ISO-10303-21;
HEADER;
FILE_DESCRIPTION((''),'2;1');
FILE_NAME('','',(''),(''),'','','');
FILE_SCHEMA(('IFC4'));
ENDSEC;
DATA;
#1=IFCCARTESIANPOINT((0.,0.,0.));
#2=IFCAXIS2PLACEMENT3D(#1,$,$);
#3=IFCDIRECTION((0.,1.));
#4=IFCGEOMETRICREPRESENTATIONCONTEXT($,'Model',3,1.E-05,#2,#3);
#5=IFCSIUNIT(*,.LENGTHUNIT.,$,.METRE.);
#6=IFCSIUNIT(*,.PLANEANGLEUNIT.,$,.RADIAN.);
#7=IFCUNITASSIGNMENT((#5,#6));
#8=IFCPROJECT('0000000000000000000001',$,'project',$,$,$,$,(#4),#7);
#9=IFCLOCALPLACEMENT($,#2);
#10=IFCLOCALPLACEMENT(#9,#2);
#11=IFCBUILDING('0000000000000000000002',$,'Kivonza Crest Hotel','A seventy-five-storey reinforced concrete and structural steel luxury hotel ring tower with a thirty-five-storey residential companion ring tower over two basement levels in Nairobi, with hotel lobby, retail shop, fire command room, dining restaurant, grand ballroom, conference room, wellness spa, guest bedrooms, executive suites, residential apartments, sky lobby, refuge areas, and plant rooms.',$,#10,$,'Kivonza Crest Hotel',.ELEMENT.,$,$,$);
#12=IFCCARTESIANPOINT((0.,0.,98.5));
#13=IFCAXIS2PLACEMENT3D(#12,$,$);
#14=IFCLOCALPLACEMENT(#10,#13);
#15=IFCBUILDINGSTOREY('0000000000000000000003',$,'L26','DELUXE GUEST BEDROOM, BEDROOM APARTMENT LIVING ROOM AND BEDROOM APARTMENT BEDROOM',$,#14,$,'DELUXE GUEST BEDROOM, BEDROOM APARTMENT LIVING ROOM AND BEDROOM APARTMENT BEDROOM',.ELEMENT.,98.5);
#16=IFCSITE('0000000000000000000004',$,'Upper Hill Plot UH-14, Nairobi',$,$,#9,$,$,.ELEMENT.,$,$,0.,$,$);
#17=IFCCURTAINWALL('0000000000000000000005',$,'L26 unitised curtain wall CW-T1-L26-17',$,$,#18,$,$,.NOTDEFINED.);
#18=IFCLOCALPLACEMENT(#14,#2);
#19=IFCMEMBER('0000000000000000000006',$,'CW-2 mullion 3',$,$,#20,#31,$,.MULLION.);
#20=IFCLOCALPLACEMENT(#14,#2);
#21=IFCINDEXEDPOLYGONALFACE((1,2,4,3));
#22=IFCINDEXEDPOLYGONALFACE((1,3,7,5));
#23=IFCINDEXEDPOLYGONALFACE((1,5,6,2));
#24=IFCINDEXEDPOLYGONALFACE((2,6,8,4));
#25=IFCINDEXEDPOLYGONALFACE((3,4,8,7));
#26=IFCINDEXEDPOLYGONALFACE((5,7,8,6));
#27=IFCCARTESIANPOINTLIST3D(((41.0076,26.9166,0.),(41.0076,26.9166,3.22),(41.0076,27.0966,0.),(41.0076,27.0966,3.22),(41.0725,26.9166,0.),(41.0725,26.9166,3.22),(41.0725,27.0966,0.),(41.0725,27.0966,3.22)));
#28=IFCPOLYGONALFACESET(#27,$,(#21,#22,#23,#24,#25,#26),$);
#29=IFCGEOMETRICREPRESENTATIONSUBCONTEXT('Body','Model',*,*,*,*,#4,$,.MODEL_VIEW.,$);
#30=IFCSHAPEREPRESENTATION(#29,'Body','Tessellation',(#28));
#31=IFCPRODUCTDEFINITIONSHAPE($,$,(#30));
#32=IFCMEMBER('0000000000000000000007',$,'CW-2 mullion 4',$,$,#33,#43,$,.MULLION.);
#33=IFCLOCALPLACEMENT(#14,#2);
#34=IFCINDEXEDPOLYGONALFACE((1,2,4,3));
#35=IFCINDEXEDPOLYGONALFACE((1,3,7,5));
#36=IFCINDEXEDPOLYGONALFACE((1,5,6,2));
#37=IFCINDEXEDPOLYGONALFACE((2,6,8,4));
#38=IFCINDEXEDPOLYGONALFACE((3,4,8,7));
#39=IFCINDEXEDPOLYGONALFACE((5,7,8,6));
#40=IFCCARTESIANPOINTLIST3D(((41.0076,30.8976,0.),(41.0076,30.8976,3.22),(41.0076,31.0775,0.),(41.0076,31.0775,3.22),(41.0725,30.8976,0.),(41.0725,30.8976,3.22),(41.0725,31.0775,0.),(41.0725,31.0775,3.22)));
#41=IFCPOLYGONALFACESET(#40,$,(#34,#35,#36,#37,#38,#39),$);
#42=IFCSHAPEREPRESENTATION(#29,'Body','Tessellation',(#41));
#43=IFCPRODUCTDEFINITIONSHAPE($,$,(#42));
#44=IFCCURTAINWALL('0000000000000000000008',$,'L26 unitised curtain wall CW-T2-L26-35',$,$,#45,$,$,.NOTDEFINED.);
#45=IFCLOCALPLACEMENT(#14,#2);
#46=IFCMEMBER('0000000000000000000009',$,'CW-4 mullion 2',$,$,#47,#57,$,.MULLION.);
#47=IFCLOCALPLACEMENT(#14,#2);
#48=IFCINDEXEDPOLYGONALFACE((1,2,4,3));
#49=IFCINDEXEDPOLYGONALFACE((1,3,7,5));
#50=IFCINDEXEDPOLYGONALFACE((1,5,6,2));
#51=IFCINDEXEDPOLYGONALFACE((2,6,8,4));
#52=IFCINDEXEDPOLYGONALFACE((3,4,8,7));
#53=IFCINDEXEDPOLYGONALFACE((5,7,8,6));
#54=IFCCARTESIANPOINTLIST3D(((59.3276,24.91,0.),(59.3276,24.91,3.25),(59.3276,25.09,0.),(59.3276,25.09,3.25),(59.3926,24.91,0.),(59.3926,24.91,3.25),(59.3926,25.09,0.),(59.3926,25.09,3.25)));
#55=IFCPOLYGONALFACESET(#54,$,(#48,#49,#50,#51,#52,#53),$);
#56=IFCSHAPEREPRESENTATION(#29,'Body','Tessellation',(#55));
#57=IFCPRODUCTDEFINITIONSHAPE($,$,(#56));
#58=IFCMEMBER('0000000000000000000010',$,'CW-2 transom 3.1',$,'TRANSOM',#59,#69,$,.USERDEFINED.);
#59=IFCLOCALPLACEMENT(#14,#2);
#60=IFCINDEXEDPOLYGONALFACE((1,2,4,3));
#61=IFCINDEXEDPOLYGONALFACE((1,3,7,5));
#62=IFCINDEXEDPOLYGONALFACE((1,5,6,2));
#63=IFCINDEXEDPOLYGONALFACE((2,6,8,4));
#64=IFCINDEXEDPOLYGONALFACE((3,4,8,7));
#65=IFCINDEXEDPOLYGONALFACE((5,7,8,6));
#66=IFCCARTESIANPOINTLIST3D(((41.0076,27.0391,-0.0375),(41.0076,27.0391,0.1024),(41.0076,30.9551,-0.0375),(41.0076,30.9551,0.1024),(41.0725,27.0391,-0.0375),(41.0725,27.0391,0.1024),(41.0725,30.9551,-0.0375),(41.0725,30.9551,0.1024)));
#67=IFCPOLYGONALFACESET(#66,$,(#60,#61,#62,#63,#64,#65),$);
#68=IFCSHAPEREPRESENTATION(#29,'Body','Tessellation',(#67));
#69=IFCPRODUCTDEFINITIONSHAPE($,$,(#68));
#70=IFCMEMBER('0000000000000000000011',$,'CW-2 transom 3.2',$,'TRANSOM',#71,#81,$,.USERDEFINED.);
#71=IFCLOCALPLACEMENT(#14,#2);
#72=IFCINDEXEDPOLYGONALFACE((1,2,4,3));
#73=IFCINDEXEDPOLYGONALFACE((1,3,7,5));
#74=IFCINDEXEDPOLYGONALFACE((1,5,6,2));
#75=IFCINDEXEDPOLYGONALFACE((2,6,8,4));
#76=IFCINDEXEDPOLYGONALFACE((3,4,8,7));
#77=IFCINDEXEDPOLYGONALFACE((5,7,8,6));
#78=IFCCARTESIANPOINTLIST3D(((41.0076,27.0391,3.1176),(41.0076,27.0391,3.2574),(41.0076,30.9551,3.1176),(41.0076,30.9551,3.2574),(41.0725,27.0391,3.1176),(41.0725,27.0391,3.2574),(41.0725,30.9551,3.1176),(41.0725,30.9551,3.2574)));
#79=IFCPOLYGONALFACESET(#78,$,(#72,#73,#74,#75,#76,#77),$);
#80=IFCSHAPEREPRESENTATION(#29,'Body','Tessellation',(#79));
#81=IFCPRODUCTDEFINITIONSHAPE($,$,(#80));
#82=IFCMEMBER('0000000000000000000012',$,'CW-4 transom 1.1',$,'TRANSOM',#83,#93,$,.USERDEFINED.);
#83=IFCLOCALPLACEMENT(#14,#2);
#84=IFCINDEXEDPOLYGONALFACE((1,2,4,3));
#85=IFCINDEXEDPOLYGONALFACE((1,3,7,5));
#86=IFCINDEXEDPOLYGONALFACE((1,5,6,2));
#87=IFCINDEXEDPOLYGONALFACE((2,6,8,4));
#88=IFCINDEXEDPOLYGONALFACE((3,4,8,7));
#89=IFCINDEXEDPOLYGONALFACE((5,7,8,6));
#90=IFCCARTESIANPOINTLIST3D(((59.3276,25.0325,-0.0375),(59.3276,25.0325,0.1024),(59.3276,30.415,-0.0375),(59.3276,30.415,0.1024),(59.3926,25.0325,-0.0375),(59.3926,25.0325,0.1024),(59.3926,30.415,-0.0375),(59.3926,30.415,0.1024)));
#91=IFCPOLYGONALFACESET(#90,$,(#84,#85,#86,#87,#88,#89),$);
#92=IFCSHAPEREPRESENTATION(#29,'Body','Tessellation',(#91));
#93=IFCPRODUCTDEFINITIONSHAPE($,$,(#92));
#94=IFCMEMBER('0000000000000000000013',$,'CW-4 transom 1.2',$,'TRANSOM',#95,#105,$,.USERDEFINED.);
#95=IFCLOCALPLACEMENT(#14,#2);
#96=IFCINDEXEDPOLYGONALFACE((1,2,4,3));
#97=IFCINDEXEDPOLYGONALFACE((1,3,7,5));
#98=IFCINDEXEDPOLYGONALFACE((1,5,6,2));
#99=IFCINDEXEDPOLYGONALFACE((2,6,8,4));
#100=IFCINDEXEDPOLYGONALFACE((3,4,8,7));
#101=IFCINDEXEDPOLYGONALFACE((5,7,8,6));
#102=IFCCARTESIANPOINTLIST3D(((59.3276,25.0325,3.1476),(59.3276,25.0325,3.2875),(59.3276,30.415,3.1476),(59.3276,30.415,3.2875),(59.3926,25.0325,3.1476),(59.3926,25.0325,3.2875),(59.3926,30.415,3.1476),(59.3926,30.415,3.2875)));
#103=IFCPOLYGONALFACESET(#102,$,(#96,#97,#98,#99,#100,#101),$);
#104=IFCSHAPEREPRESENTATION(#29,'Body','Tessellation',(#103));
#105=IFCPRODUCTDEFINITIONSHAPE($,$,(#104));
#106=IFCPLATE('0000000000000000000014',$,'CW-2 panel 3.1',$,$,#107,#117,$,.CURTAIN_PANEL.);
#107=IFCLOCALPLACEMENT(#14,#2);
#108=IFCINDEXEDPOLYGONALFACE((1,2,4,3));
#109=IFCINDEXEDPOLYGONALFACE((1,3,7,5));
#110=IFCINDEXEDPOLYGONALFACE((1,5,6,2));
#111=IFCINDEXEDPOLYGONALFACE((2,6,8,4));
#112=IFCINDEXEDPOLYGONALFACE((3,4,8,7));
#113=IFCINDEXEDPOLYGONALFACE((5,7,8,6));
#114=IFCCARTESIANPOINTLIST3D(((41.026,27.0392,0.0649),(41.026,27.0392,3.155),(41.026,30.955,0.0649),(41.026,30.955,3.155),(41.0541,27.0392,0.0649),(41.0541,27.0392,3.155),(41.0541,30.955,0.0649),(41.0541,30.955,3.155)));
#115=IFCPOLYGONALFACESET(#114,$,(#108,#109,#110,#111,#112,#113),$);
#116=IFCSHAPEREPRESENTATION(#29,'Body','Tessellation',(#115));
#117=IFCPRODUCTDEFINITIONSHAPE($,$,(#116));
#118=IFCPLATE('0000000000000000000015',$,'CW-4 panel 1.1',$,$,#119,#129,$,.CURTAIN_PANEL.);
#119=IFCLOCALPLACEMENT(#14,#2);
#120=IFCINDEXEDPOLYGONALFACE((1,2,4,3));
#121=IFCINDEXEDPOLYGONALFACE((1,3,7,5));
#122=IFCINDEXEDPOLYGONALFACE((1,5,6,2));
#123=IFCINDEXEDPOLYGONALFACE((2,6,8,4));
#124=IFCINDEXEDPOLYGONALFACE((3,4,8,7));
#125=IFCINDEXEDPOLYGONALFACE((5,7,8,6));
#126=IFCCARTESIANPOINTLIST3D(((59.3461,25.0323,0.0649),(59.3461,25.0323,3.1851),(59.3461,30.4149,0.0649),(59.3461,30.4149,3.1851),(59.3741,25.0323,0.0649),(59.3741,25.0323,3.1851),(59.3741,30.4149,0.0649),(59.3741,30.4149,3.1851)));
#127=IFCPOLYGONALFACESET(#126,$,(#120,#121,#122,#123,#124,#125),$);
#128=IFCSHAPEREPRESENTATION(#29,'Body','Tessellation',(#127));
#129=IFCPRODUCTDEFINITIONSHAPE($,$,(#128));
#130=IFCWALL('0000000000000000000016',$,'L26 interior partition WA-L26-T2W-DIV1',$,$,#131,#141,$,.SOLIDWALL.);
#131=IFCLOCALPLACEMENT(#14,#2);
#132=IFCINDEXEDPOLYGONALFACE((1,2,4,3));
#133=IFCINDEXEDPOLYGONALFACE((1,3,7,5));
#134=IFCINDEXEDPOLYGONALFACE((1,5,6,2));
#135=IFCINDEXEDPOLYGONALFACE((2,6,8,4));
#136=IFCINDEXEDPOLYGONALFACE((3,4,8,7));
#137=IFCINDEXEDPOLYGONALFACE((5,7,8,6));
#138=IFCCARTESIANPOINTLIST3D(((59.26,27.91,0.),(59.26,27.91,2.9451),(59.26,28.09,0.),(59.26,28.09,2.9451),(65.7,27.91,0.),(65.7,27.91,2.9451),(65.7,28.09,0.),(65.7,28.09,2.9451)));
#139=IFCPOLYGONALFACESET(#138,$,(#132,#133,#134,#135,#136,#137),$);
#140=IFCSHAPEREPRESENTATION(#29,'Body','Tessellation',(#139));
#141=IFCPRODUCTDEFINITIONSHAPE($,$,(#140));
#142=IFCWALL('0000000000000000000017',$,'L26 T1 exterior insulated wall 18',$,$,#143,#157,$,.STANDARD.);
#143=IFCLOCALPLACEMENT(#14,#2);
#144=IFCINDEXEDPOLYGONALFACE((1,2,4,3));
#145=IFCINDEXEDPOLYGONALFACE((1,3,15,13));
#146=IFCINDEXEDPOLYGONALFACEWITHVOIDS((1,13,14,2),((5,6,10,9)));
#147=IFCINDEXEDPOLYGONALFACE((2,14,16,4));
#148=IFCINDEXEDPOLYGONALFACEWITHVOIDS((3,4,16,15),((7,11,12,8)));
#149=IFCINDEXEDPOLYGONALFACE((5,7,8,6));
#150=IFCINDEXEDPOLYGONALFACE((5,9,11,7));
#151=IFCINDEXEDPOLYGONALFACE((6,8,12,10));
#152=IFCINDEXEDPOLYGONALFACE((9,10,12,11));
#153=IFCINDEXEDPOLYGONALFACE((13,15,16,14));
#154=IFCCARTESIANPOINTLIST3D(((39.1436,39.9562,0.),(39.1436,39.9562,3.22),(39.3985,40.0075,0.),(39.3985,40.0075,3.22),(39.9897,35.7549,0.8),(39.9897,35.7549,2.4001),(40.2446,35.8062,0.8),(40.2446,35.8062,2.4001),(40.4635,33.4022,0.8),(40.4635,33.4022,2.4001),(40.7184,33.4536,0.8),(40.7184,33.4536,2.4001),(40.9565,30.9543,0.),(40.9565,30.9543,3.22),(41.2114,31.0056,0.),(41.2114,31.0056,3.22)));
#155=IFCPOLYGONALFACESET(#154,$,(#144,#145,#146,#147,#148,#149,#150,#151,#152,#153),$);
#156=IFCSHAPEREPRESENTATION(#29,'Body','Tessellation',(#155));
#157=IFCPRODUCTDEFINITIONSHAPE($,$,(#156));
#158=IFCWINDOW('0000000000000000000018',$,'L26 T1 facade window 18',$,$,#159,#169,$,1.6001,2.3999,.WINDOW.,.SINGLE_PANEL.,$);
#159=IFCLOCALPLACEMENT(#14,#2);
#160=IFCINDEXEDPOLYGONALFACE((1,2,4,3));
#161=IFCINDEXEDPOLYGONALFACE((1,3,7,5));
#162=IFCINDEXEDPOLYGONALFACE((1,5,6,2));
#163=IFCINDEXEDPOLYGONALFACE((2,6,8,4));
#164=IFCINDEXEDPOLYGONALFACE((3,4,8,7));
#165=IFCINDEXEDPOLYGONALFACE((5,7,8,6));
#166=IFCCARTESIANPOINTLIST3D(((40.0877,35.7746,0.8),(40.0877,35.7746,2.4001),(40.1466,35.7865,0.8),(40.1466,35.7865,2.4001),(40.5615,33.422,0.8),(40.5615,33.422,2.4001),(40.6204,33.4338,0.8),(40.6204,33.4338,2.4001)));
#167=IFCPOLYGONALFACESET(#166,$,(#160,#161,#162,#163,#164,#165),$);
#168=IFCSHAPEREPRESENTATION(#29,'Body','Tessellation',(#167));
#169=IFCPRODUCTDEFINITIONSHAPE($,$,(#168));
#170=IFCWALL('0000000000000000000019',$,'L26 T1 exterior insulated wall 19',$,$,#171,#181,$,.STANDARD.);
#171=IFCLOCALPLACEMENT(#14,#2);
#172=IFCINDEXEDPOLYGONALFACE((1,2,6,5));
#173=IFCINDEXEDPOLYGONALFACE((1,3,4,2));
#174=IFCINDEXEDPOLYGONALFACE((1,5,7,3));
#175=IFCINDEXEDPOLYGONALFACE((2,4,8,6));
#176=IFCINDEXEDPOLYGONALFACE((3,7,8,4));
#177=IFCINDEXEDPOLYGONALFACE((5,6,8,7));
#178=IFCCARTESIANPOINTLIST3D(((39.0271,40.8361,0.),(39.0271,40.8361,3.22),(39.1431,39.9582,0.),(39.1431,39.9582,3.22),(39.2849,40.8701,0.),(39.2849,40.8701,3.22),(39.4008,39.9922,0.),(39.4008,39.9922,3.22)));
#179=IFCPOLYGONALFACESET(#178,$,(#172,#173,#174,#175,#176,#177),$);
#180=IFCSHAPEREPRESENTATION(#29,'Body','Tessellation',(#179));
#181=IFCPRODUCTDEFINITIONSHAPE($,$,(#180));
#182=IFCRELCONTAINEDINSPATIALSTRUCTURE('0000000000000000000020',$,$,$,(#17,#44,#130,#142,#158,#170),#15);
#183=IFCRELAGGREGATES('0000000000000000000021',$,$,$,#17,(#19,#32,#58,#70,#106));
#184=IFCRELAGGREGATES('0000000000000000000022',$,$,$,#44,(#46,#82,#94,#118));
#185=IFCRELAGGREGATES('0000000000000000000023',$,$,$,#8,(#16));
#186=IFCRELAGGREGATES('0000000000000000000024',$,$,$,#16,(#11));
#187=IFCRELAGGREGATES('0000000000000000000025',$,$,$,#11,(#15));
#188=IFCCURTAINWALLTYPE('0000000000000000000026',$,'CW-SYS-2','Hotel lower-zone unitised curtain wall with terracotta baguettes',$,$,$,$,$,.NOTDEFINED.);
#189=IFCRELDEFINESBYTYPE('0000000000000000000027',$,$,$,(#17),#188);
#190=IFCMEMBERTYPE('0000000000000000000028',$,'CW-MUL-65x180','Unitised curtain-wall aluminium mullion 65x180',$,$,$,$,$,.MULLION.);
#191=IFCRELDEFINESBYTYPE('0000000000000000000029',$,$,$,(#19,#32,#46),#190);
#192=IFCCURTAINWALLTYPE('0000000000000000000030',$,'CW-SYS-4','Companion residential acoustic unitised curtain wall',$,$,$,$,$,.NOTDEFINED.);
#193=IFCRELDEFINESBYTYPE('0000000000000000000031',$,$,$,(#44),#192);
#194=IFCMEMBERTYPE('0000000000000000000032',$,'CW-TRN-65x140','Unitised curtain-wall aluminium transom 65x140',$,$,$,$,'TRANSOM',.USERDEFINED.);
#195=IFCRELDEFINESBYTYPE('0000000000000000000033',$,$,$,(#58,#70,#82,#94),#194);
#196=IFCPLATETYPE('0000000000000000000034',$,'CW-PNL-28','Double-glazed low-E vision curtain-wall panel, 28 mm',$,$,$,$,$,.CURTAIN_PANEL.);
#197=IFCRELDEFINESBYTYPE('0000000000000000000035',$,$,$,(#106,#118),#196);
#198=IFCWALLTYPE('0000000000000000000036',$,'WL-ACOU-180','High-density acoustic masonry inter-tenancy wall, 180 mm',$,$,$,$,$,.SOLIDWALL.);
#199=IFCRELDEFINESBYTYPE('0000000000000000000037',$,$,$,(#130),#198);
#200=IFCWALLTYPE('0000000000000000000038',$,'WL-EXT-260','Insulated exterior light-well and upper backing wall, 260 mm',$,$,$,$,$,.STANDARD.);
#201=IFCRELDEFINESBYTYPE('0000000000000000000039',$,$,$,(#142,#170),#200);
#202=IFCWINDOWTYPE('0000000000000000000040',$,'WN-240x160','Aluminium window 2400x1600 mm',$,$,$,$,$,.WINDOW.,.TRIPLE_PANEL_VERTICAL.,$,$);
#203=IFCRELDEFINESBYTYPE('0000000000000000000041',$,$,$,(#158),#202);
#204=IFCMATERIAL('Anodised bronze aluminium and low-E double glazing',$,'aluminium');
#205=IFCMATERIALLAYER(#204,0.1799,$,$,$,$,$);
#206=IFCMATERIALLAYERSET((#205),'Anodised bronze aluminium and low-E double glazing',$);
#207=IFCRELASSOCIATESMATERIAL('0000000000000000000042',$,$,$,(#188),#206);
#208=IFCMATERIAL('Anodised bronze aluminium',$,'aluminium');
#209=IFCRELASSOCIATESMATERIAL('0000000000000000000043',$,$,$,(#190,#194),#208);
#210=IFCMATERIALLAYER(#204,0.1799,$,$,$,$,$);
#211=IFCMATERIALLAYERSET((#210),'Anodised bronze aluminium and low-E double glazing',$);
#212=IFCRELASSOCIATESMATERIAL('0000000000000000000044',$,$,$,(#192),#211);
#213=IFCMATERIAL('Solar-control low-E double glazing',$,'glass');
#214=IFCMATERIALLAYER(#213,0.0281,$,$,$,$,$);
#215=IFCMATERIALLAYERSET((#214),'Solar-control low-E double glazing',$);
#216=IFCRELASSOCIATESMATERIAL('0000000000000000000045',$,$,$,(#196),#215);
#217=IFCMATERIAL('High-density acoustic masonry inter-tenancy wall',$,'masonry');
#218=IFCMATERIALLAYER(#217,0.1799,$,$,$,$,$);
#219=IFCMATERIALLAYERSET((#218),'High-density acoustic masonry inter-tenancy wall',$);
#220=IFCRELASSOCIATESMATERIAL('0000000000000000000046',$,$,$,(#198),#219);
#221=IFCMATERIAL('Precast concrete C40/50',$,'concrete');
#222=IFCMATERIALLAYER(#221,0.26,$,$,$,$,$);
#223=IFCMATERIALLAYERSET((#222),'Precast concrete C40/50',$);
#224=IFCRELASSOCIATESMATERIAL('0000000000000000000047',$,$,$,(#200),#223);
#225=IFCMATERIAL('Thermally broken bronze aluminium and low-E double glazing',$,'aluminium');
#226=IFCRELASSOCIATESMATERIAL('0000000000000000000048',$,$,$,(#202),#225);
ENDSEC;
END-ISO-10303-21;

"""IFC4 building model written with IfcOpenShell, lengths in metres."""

from ifc_helpers import new_model, si_unit, direction, frame, frame_2d, origin, origin_2d, place, context, subcontext, project, spatial, rectangle, extrude, material, layer, layer_set, material_profile, profile_set, type_object, element, fill, aggregate, save


model = new_model("IFC4")

# Units and contexts
model_context = context("Model", 3, precision=1e-05, world=origin(), true_north=direction((0.0, 1.0)))
body_context = subcontext(model_context, "Body", "Model", "MODEL_VIEW")
ifc_project = project(units=[si_unit("LENGTHUNIT", "METRE"), si_unit("PLANEANGLEUNIT", "RADIAN")], contexts=[model_context])

# Site, building, storey
site_placement = place(None, origin())
site = spatial("IfcSite", under=ifc_project, at=site_placement, Name="Upper Hill Plot UH-14, Nairobi", CompositionType="ELEMENT", RefElevation=0.0)
building_placement = place(site_placement, origin())
building = spatial("IfcBuilding", under=site, at=building_placement, Name="Kivonza Crest Hotel", Description="A seventy-five-storey reinforced concrete and structural steel luxury hotel ring tower with a thirty-five-storey residential companion ring tower over two basement levels in Nairobi, with hotel lobby, retail shop, fire command room, dining restaurant, grand ballroom, conference room, wellness spa, guest bedrooms, executive suites, residential apartments, sky lobby, refuge areas, and plant rooms.", LongName="Kivonza Crest Hotel", CompositionType="ELEMENT")
storey_placement = place(building_placement, frame((0.0, 0.0, 98.5)))
storey = spatial("IfcBuildingStorey", under=building, at=storey_placement, Name="L26", Description="DELUXE GUEST BEDROOM, BEDROOM APARTMENT LIVING ROOM AND BEDROOM APARTMENT BEDROOM", LongName="DELUXE GUEST BEDROOM, BEDROOM APARTMENT LIVING ROOM AND BEDROOM APARTMENT BEDROOM", CompositionType="ELEMENT", Elevation=98.5)

# Curtain wall, members
ifc_material_1 = material(Name="Anodised bronze aluminium and low-E double glazing", Category="aluminium")
ifc_layer_1 = layer(ifc_material_1, 0.1799)
ifc_layer_set_1 = layer_set([ifc_layer_1], Name="Anodised bronze aluminium and low-E double glazing")
curtain_wall_type_1 = type_object("IfcCurtainWallType", Name="CW-SYS-2", Description="Hotel lower-zone unitised curtain wall with terracotta baguettes", PredefinedType="NOTDEFINED", material=ifc_layer_set_1)
curtain_wall_1_placement = place(storey_placement, origin())
curtain_wall_1 = element("IfcCurtainWall", 1, at=curtain_wall_1_placement, inside=storey, type_object=curtain_wall_type_1, Name="L26 unitised curtain wall CW-T1-L26-17", PredefinedType="NOTDEFINED")
ifc_material_2 = material(Name="Anodised bronze aluminium", Category="aluminium")
ifc_material_profile_1 = material_profile(ifc_material_2, rectangle(XDim=0.0649, YDim=0.1799, at=origin_2d()), Name="CW-M 65x180")
ifc_profile_set_1 = profile_set([ifc_material_profile_1], Name="Anodised bronze aluminium")
member_type_1 = type_object("IfcMemberType", Name="CW-MUL-65x180", Description="Unitised curtain-wall aluminium mullion 65x180", PredefinedType="MULLION", material=ifc_profile_set_1)
member_1_placement = place(storey_placement, frame((41.04, 27.0066, 0.0), z_axis=(0.0, 0.0, 1.0), x_axis=(-1.0, 0.0, 0.0)))
member_1 = element("IfcMember", 2, at=member_1_placement, type_object=member_type_1, Name="CW-2 mullion 3", PredefinedType="MULLION", context=body_context, shape_type="SweptSolid", body=[
    extrude(rectangle(XDim=0.0649, YDim=0.1799, at=origin_2d()), origin(), (0.0, 0.0, 1.0), 3.22),
])
member_2_placement = place(storey_placement, frame((41.04, 30.9875, 0.0), z_axis=(0.0, 0.0, 1.0), x_axis=(-1.0, 0.0, 0.0)))
member_2 = element("IfcMember", 3, at=member_2_placement, type_object=member_type_1, Name="CW-2 mullion 4", PredefinedType="MULLION", context=body_context, shape_type="SweptSolid", body=[
    extrude(rectangle(XDim=0.0649, YDim=0.1799, at=origin_2d()), origin(), (0.0, 0.0, 1.0), 3.22),
])

# Curtain wall, member
ifc_layer_2 = layer(ifc_material_1, 0.1799)
ifc_layer_set_2 = layer_set([ifc_layer_2], Name="Anodised bronze aluminium and low-E double glazing")
curtain_wall_type_2 = type_object("IfcCurtainWallType", Name="CW-SYS-4", Description="Companion residential acoustic unitised curtain wall", PredefinedType="NOTDEFINED", material=ifc_layer_set_2)
curtain_wall_2_placement = place(storey_placement, origin())
curtain_wall_2 = element("IfcCurtainWall", 4, at=curtain_wall_2_placement, inside=storey, type_object=curtain_wall_type_2, Name="L26 unitised curtain wall CW-T2-L26-35", PredefinedType="NOTDEFINED")
member_3_placement = place(storey_placement, frame((59.3601, 25.0, 0.0), z_axis=(0.0, 0.0, 1.0), x_axis=(1.0, 0.0, 0.0)))
member_3 = element("IfcMember", 5, at=member_3_placement, type_object=member_type_1, Name="CW-4 mullion 2", PredefinedType="MULLION", context=body_context, shape_type="SweptSolid", body=[
    extrude(rectangle(XDim=0.0649, YDim=0.1799, at=origin_2d()), origin(), (0.0, 0.0, 1.0), 3.25),
])

# Members
ifc_material_profile_2 = material_profile(ifc_material_2, rectangle(XDim=0.0649, YDim=0.1399, at=origin_2d()), Name="CW-T 65x140")
ifc_profile_set_2 = profile_set([ifc_material_profile_2], Name="Anodised bronze aluminium")
member_type_2 = type_object("IfcMemberType", Name="CW-TRN-65x140", Description="Unitised curtain-wall aluminium transom 65x140", ElementType="TRANSOM", PredefinedType="USERDEFINED", material=ifc_profile_set_2)
member_4_placement = place(storey_placement, frame((41.04, 27.0391, 0.0325), z_axis=(0.0, 1.0, 0.0), x_axis=(-1.0, 0.0, 0.0)))
member_4 = element("IfcMember", 6, at=member_4_placement, type_object=member_type_2, Name="CW-2 transom 3.1", ObjectType="TRANSOM", PredefinedType="USERDEFINED", context=body_context, shape_type="SweptSolid", body=[
    extrude(rectangle(XDim=0.0649, YDim=0.1399, at=origin_2d()), origin(), (0.0, 0.0, 1.0), 3.916),
])
member_5_placement = place(storey_placement, frame((41.04, 27.0391, 3.1875), z_axis=(0.0, 1.0, 0.0), x_axis=(-1.0, 0.0, 0.0)))
member_5 = element("IfcMember", 7, at=member_5_placement, type_object=member_type_2, Name="CW-2 transom 3.2", ObjectType="TRANSOM", PredefinedType="USERDEFINED", context=body_context, shape_type="SweptSolid", body=[
    extrude(rectangle(XDim=0.0649, YDim=0.1399, at=origin_2d()), origin(), (0.0, 0.0, 1.0), 3.916),
])
member_6_placement = place(storey_placement, frame((59.3601, 30.415, 0.0325), z_axis=(0.0, -1.0, 0.0), x_axis=(1.0, 0.0, 0.0)))
member_6 = element("IfcMember", 8, at=member_6_placement, type_object=member_type_2, Name="CW-4 transom 1.1", ObjectType="TRANSOM", PredefinedType="USERDEFINED", context=body_context, shape_type="SweptSolid", body=[
    extrude(rectangle(XDim=0.0649, YDim=0.1399, at=origin_2d()), origin(), (0.0, 0.0, 1.0), 5.3826),
])
member_7_placement = place(storey_placement, frame((59.3601, 30.415, 3.2175), z_axis=(0.0, -1.0, 0.0), x_axis=(1.0, 0.0, 0.0)))
member_7 = element("IfcMember", 9, at=member_7_placement, type_object=member_type_2, Name="CW-4 transom 1.2", ObjectType="TRANSOM", PredefinedType="USERDEFINED", context=body_context, shape_type="SweptSolid", body=[
    extrude(rectangle(XDim=0.0649, YDim=0.1399, at=origin_2d()), origin(), (0.0, 0.0, 1.0), 5.3826),
])

# Plates
ifc_material_3 = material(Name="Solar-control low-E double glazing", Category="glass")
ifc_layer_3 = layer(ifc_material_3, 0.0281)
ifc_layer_set_3 = layer_set([ifc_layer_3], Name="Solar-control low-E double glazing")
plate_type = type_object("IfcPlateType", Name="CW-PNL-28", Description="Double-glazed low-E vision curtain-wall panel, 28 mm", PredefinedType="CURTAIN_PANEL", material=ifc_layer_set_3)
plate_1_placement = place(storey_placement, frame((41.04, 28.9971, 0.0649), z_axis=(0.0, 0.0, 1.0), x_axis=(0.0, 1.0, 0.0)))
plate_1 = element("IfcPlate", 10, at=plate_1_placement, type_object=plate_type, Name="CW-2 panel 3.1", PredefinedType="CURTAIN_PANEL", context=body_context, shape_type="SweptSolid", body=[
    extrude(rectangle(XDim=3.9158, YDim=0.0281, at=origin_2d()), origin(), (0.0, 0.0, 1.0), 3.0901),
])
aggregate(curtain_wall_1, [member_1, member_2, member_4, member_5, plate_1])
plate_2_placement = place(storey_placement, frame((59.3601, 27.7236, 0.0649), z_axis=(0.0, 0.0, 1.0), x_axis=(0.0, -1.0, 0.0)))
plate_2 = element("IfcPlate", 11, at=plate_2_placement, type_object=plate_type, Name="CW-4 panel 1.1", PredefinedType="CURTAIN_PANEL", context=body_context, shape_type="SweptSolid", body=[
    extrude(rectangle(XDim=5.3826, YDim=0.0281, at=origin_2d()), origin(), (0.0, 0.0, 1.0), 3.1201),
])
aggregate(curtain_wall_2, [member_3, member_6, member_7, plate_2])

# Wall
ifc_material_4 = material(Name="High-density acoustic masonry inter-tenancy wall", Category="masonry")
ifc_layer_4 = layer(ifc_material_4, 0.1799)
ifc_layer_set_4 = layer_set([ifc_layer_4], Name="High-density acoustic masonry inter-tenancy wall")
wall_type_1 = type_object("IfcWallType", Name="WL-ACOU-180", Description="High-density acoustic masonry inter-tenancy wall, 180 mm", PredefinedType="SOLIDWALL", material=ifc_layer_set_4)
wall_1_placement = place(storey_placement, frame((59.26, 28.0, 0.0), z_axis=(0.0, 0.0, 1.0), x_axis=(1.0, 0.0, 0.0)))
element("IfcWall", 12, at=wall_1_placement, inside=storey, type_object=wall_type_1, Name="L26 interior partition WA-L26-T2W-DIV1", PredefinedType="SOLIDWALL", context=body_context, shape_type="SweptSolid", body=[
    extrude(rectangle(XDim=6.4399, YDim=0.1799, at=frame_2d((3.22, 0.0))), origin(), (0.0, 0.0, 1.0), 2.9451),
])

# Wall, opening, window
ifc_material_5 = material(Name="Precast concrete C40/50", Category="concrete")
ifc_layer_5 = layer(ifc_material_5, 0.26)
ifc_layer_set_5 = layer_set([ifc_layer_5], Name="Precast concrete C40/50")
wall_type_2 = type_object("IfcWallType", Name="WL-EXT-260", Description="Insulated exterior light-well and upper backing wall, 260 mm", PredefinedType="STANDARD", material=ifc_layer_set_5)
wall_2_placement = place(storey_placement, frame((41.084, 30.98, 0.0), z_axis=(0.0, 0.0, 1.0), x_axis=(-0.197435, 0.980316, 0.0)))
wall_2 = element("IfcWall", 13, at=wall_2_placement, inside=storey, type_object=wall_type_2, Name="L26 T1 exterior insulated wall 18", PredefinedType="STANDARD", context=body_context, shape_type="SweptSolid", body=[
    extrude(rectangle(XDim=9.1826, YDim=0.26, at=frame_2d((4.5913, 0.0))), origin(), (0.0, 0.0, 1.0), 3.22),
])
opening_placement = place(wall_2_placement, frame((2.4971, 0.0, 0.8)))
opening = element("IfcOpeningElement", 14, at=opening_placement, cuts=wall_2, PredefinedType="OPENING", context=body_context, shape_type="SweptSolid", body=[
    extrude(rectangle(XDim=2.3999, YDim=1.6001, at=frame_2d((1.2, 0.8))), frame((0.0, 0.1401, 0.0), z_axis=(0.0, -1.0, 0.0), x_axis=(1.0, 0.0, 0.0)), (0.0, 0.0, 1.0), 0.28),
])
ifc_material_6 = material(Name="Thermally broken bronze aluminium and low-E double glazing", Category="aluminium")
window_type = type_object("IfcWindowType", Name="WN-240x160", Description="Aluminium window 2400x1600 mm", PartitioningType="TRIPLE_PANEL_VERTICAL", PredefinedType="WINDOW", material=ifc_material_6)
window_placement = place(opening_placement, origin())
window = element("IfcWindow", 15, at=window_placement, inside=storey, type_object=window_type, Name="L26 T1 facade window 18", OverallHeight=1.6001, OverallWidth=2.3999, PartitioningType="SINGLE_PANEL", PredefinedType="WINDOW", context=body_context, shape_type="SweptSolid", body=[
    extrude(rectangle(XDim=2.3999, YDim=1.6001, at=frame_2d((1.2, 0.8))), frame((0.0, 0.03, 0.0), z_axis=(0.0, -1.0, 0.0), x_axis=(1.0, 0.0, 0.0)), (0.0, 0.0, 1.0), 0.0601),
])
fill(opening, window)

# Wall
wall_3_placement = place(storey_placement, frame((39.272, 39.9751, 0.0), z_axis=(0.0, 0.0, 1.0), x_axis=(-0.130954, 0.991388, 0.0)))
element("IfcWall", 16, at=wall_3_placement, inside=storey, type_object=wall_type_2, Name="L26 T1 exterior insulated wall 19", PredefinedType="STANDARD", context=body_context, shape_type="SweptSolid", body=[
    extrude(rectangle(XDim=0.8855, YDim=0.26, at=frame_2d((0.4429, 0.0))), origin(), (0.0, 0.0, 1.0), 3.22),
])

save(model, "model.ifc")
